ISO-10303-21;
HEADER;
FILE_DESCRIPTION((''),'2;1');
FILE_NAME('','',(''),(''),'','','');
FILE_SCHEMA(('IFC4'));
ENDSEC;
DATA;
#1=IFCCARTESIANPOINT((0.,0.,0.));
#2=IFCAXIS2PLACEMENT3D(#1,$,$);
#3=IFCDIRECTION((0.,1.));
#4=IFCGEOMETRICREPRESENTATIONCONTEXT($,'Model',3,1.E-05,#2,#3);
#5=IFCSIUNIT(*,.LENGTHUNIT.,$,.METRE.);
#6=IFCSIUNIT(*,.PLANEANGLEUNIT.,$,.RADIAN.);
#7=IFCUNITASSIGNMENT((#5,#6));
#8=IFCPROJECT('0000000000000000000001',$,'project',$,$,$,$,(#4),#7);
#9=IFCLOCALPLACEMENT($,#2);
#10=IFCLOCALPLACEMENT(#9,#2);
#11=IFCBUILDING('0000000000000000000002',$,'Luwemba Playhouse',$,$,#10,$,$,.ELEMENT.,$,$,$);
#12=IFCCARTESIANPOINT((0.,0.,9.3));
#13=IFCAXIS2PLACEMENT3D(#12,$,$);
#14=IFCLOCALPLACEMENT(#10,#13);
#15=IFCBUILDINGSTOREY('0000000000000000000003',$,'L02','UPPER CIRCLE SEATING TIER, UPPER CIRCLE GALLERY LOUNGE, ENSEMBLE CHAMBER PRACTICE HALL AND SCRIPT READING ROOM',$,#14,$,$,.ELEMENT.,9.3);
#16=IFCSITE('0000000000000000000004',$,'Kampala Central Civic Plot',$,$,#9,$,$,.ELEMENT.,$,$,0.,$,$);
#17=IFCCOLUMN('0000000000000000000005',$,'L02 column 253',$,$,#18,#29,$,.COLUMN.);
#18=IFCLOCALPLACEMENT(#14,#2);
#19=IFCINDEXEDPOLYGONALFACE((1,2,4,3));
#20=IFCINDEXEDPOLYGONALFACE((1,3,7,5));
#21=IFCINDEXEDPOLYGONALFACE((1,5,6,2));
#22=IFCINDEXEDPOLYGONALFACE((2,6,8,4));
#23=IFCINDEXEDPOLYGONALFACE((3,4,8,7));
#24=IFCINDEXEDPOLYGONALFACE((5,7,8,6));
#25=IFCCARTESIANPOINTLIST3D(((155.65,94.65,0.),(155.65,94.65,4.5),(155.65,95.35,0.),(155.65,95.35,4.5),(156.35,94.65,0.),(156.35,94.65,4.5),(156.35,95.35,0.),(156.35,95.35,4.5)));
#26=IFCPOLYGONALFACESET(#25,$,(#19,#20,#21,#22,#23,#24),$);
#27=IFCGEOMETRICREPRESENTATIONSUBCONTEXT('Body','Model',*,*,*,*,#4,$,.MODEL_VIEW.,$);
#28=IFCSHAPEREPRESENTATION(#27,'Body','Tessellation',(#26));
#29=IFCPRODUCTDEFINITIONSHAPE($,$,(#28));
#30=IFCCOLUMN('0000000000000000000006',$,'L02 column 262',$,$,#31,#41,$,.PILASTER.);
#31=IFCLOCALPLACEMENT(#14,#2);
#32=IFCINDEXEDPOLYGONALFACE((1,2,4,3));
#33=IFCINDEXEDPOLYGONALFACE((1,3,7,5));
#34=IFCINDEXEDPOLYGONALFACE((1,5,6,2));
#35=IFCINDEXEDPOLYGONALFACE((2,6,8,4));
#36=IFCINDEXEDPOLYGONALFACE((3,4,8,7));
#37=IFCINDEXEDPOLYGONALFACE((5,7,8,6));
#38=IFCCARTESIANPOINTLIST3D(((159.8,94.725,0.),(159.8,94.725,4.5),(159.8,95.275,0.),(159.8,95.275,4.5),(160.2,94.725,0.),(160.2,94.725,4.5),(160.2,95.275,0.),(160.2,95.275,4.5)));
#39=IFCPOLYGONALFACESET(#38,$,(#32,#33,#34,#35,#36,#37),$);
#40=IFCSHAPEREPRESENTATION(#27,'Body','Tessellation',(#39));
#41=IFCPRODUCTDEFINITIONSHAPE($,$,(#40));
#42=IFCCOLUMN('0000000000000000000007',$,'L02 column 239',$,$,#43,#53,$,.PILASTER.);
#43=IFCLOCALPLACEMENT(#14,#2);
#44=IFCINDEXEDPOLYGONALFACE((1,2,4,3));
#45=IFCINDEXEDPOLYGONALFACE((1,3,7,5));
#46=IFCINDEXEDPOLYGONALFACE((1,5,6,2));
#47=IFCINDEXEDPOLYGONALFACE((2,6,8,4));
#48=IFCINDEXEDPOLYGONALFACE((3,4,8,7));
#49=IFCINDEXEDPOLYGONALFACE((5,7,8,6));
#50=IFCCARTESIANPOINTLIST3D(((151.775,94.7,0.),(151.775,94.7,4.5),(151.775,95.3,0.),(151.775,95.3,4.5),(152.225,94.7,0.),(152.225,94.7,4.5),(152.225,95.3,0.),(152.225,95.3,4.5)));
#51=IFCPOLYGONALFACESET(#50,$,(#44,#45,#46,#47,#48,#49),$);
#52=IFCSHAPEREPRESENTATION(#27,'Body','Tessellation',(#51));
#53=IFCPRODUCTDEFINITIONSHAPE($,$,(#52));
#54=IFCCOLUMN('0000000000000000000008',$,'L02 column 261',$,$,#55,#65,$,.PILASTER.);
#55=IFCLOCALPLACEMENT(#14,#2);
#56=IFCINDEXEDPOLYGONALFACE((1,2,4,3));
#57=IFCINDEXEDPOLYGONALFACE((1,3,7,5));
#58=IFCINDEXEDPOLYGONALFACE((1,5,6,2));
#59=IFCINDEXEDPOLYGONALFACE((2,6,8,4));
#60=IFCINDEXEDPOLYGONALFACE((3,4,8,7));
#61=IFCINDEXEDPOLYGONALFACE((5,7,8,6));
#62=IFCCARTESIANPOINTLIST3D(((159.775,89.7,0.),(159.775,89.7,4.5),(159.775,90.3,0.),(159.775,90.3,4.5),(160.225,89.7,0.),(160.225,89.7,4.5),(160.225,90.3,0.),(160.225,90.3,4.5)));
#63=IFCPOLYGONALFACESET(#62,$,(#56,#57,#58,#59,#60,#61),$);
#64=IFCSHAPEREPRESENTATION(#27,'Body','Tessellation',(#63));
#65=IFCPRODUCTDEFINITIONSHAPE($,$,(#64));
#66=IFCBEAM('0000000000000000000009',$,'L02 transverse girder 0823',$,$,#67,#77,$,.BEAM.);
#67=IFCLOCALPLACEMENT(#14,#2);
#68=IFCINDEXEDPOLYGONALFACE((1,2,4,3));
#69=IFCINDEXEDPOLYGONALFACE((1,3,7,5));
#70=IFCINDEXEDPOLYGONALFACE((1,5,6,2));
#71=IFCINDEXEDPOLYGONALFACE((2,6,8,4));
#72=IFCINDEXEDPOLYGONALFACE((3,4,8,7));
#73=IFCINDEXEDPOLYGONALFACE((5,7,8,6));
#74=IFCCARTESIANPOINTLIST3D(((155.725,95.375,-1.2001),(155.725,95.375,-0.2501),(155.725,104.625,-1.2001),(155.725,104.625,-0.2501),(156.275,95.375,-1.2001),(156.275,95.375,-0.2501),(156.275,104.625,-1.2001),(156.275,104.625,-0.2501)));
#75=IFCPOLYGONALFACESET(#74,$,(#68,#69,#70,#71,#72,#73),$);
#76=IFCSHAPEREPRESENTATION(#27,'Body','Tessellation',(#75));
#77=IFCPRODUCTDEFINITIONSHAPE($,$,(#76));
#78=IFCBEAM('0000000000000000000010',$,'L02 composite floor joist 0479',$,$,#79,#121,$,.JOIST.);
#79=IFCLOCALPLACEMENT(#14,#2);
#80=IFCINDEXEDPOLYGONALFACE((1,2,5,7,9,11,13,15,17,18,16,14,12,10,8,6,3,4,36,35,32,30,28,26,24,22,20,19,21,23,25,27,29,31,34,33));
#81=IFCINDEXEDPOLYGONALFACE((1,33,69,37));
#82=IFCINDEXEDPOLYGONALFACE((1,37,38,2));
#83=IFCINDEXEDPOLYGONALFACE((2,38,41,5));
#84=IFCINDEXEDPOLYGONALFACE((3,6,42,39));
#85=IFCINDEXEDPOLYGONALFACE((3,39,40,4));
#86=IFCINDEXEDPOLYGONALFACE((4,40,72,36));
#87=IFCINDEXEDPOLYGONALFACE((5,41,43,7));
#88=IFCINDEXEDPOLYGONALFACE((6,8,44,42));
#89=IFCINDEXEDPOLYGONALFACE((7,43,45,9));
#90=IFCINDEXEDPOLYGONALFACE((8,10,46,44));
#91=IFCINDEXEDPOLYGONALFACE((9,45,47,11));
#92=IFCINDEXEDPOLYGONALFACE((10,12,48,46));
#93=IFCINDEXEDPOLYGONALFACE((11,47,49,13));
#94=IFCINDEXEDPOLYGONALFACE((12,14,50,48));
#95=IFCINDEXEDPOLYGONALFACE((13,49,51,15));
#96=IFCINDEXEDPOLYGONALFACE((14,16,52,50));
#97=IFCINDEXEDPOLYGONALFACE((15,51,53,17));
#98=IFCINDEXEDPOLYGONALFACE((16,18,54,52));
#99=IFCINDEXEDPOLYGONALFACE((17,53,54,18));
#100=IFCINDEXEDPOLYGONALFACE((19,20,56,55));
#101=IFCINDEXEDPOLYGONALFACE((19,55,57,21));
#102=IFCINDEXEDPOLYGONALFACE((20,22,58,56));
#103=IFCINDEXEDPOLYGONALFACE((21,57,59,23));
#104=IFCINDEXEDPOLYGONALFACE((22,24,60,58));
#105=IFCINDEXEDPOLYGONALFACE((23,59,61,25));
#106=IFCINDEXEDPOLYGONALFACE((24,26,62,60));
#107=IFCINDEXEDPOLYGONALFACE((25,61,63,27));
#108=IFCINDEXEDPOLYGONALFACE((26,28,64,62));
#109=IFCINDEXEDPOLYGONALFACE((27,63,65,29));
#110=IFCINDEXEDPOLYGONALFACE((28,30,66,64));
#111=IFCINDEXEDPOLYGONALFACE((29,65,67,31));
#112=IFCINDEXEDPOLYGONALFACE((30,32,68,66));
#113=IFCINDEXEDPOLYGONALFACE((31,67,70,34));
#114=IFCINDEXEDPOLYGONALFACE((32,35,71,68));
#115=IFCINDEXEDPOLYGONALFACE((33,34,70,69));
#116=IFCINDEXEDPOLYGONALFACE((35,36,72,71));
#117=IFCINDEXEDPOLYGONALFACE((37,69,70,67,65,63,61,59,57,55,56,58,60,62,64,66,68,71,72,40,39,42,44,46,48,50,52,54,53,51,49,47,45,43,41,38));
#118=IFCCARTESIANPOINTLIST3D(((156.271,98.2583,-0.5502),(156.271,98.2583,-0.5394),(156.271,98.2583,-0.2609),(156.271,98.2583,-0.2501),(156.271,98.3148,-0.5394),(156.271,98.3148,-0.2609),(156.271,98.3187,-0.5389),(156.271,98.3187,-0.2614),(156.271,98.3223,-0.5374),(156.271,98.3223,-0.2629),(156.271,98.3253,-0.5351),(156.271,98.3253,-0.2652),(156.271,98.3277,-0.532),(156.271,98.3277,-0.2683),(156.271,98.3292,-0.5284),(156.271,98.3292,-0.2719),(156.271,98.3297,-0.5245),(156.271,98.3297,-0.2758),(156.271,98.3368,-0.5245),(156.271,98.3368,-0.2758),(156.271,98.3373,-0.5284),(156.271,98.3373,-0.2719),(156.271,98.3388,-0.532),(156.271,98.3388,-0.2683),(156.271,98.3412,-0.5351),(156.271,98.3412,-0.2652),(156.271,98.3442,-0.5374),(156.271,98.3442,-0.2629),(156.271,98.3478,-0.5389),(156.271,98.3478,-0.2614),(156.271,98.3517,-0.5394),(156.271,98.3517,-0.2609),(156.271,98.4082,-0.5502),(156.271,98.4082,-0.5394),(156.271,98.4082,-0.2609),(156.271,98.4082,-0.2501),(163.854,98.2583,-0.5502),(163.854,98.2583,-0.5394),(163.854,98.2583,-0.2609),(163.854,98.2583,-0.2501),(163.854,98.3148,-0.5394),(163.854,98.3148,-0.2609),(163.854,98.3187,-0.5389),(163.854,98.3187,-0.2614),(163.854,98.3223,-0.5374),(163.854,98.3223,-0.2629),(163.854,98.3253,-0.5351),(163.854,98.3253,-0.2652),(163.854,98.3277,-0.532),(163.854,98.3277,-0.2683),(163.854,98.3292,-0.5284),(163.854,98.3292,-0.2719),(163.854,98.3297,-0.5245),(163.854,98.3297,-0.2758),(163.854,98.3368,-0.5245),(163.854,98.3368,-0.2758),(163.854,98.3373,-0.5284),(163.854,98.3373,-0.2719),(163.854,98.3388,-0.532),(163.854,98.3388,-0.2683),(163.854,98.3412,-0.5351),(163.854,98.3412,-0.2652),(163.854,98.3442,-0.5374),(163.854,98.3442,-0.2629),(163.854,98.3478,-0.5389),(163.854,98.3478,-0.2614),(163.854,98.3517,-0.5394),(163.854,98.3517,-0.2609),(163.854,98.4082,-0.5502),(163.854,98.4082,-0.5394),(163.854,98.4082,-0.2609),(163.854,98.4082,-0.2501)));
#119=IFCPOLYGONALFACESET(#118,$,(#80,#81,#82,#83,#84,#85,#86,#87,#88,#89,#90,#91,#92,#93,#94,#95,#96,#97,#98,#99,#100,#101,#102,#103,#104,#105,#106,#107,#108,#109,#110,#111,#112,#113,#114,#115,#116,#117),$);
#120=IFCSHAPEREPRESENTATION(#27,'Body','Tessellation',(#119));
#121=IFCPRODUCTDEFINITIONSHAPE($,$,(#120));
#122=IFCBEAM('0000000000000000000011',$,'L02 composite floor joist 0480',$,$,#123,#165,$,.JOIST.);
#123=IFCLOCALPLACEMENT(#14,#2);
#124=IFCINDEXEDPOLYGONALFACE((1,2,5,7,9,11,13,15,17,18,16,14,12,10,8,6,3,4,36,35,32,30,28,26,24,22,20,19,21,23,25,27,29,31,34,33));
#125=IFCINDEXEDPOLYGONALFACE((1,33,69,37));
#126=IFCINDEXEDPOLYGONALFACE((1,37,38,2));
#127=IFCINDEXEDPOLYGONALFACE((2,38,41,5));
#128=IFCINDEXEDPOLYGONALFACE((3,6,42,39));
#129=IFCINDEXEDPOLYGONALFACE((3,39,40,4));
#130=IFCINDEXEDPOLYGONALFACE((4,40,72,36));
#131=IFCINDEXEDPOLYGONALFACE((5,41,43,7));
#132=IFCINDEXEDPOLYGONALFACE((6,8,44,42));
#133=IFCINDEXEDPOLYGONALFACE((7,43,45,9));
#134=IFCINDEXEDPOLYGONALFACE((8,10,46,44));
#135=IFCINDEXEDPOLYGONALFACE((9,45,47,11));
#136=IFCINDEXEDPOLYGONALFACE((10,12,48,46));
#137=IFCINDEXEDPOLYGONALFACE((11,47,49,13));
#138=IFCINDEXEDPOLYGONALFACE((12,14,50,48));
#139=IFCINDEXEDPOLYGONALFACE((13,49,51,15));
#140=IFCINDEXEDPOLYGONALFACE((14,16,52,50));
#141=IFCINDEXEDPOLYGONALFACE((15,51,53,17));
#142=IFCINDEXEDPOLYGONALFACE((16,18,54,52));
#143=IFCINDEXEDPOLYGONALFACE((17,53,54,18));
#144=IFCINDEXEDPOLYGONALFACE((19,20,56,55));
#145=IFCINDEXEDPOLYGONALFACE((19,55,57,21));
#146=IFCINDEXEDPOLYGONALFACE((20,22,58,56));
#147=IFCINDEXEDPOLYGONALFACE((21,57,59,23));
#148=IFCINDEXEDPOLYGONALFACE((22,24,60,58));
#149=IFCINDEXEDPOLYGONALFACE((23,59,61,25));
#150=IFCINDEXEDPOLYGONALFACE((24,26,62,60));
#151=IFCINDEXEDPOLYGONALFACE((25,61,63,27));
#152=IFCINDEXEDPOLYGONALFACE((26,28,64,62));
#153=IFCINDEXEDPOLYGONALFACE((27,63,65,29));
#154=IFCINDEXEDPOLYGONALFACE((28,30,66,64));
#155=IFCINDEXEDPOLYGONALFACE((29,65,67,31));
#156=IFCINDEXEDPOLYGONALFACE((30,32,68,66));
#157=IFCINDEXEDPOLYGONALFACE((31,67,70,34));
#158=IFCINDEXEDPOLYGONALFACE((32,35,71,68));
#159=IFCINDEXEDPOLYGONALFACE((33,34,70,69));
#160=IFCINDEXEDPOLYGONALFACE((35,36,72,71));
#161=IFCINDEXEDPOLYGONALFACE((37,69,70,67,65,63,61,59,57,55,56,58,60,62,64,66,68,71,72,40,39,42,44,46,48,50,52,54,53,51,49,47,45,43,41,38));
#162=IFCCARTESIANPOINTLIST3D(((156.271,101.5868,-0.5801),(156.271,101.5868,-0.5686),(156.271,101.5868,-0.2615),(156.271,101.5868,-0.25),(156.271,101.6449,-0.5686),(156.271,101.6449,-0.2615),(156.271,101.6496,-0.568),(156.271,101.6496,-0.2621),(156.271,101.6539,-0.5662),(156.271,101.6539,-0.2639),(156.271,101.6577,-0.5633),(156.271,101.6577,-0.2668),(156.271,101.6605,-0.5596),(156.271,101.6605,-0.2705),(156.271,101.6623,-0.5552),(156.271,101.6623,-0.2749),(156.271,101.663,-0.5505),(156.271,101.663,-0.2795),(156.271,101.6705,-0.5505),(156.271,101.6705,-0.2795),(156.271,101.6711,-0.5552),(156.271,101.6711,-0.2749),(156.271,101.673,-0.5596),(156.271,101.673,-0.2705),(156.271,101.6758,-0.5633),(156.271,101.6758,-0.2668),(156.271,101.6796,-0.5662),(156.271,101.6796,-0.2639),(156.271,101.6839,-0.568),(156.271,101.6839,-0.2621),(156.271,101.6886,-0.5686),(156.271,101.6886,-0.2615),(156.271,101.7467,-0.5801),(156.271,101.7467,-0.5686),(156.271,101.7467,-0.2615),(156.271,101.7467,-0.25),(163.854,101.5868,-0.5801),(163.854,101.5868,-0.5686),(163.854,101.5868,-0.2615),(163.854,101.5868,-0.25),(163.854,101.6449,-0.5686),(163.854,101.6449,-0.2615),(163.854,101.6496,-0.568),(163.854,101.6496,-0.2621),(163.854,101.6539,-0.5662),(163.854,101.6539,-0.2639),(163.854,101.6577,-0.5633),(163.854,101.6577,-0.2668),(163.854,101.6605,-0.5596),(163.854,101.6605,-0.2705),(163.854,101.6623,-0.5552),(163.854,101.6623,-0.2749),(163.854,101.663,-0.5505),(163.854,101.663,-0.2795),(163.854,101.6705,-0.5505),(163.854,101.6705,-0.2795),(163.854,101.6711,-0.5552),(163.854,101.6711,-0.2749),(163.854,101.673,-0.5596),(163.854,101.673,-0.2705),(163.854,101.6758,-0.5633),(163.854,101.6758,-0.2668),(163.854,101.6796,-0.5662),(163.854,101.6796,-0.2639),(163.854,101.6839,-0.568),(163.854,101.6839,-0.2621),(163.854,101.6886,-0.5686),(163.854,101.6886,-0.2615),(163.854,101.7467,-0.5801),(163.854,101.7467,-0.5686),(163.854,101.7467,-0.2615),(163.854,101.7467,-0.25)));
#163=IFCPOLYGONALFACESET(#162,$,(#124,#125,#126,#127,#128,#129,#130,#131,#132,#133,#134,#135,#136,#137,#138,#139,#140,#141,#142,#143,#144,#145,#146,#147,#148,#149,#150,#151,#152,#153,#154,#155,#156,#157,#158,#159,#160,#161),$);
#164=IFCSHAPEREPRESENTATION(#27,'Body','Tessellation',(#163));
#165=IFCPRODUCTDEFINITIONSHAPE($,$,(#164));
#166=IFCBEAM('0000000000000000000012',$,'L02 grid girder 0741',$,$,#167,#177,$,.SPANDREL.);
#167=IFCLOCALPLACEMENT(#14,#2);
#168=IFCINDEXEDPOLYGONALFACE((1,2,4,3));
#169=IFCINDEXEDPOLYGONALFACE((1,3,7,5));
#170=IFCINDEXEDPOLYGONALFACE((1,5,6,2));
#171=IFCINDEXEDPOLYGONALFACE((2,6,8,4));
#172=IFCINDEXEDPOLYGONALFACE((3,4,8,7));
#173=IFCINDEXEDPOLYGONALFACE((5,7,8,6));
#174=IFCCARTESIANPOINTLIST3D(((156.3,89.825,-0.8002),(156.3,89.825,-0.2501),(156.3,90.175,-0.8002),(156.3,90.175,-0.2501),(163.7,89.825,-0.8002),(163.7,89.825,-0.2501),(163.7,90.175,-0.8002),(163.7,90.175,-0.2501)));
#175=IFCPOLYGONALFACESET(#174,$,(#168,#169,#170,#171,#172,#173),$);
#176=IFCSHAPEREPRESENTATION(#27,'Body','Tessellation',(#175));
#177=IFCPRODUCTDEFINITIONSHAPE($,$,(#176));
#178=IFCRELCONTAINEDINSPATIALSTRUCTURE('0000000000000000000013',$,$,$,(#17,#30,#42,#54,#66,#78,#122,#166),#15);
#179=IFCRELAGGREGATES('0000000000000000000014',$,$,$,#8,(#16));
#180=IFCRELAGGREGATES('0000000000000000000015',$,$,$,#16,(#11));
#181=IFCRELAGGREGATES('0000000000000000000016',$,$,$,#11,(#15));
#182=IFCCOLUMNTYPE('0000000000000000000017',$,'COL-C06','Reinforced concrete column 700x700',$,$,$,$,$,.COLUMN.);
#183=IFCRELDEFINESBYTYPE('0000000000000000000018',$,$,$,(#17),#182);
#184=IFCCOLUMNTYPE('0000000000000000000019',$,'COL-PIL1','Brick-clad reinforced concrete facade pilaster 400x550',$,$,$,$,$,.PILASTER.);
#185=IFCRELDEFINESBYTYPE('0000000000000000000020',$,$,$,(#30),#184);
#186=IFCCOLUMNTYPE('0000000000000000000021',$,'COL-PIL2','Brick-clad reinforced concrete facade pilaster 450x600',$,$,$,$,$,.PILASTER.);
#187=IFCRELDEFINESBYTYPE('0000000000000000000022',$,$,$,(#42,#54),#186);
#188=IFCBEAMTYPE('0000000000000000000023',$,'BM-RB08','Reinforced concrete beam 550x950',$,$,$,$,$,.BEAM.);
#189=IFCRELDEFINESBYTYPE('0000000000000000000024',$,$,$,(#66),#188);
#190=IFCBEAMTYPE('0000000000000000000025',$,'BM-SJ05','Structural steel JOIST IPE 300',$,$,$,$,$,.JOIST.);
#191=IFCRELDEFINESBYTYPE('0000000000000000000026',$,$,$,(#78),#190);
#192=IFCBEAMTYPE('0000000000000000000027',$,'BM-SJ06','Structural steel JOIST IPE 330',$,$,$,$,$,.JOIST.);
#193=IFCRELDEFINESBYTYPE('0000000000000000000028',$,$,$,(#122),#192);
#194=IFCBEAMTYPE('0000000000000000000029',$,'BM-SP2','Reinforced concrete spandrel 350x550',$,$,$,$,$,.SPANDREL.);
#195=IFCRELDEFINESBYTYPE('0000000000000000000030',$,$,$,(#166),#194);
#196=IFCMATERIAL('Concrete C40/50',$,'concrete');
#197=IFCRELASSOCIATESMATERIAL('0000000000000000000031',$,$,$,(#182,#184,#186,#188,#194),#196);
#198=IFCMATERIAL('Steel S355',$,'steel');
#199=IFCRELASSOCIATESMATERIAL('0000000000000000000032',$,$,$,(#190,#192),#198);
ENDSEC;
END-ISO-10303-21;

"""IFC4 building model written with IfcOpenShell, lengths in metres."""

from ifc_helpers import new_model, si_unit, direction, frame, origin, origin_2d, place, context, subcontext, project, spatial, rectangle, i_section, extrude, material, material_profile, profile_set, type_object, element, save


model = new_model("IFC4")

# Units and contexts
model_context = context("Model", 3, precision=1e-05, world=origin(), true_north=direction((0.0, 1.0)))
body_context = subcontext(model_context, "Body", "Model", "MODEL_VIEW")
ifc_project = project(units=[si_unit("LENGTHUNIT", "METRE"), si_unit("PLANEANGLEUNIT", "RADIAN")], contexts=[model_context])

# Site, building, storey
site_placement = place(None, origin())
site = spatial("IfcSite", under=ifc_project, at=site_placement, Name="Kampala Central Civic Plot", CompositionType="ELEMENT", RefElevation=0.0)
building_placement = place(site_placement, origin())
building = spatial("IfcBuilding", under=site, at=building_placement, Name="Luwemba Playhouse", CompositionType="ELEMENT")
storey_placement = place(building_placement, frame((0.0, 0.0, 9.3)))
storey = spatial("IfcBuildingStorey", under=building, at=storey_placement, Name="L02", Description="UPPER CIRCLE SEATING TIER, UPPER CIRCLE GALLERY LOUNGE, ENSEMBLE CHAMBER PRACTICE HALL AND SCRIPT READING ROOM", CompositionType="ELEMENT", Elevation=9.3)

# Columns
ifc_material_1 = material(Name="Concrete C40/50", Category="concrete")
ifc_material_profile_1 = material_profile(ifc_material_1, rectangle(XDim=0.7, YDim=0.7, at=origin_2d()))
ifc_profile_set_1 = profile_set([ifc_material_profile_1], Name="Concrete C40/50")
column_type_1 = type_object("IfcColumnType", Name="COL-C06", Description="Reinforced concrete column 700x700", PredefinedType="COLUMN", material=ifc_profile_set_1)
column_1_placement = place(storey_placement, frame((156.0, 95.0, 0.0), z_axis=(0.0, 0.0, 1.0), x_axis=(1.0, 0.0, 0.0)))
element("IfcColumn", 1, at=column_1_placement, inside=storey, type_object=column_type_1, Name="L02 column 253", PredefinedType="COLUMN", context=body_context, shape_type="SweptSolid", body=[
    extrude(rectangle(XDim=0.7, YDim=0.7, at=origin_2d()), origin(), (0.0, 0.0, 1.0), 4.5),
])
ifc_material_profile_2 = material_profile(ifc_material_1, rectangle(XDim=0.3999, YDim=0.55, at=origin_2d()))
ifc_profile_set_2 = profile_set([ifc_material_profile_2], Name="Concrete C40/50")
column_type_2 = type_object("IfcColumnType", Name="COL-PIL1", Description="Brick-clad reinforced concrete facade pilaster 400x550", PredefinedType="PILASTER", material=ifc_profile_set_2)
column_2_placement = place(storey_placement, frame((160.0, 95.0, 0.0), z_axis=(0.0, 0.0, 1.0), x_axis=(1.0, 0.0, 0.0)))
element("IfcColumn", 2, at=column_2_placement, inside=storey, type_object=column_type_2, Name="L02 column 262", PredefinedType="PILASTER", context=body_context, shape_type="SweptSolid", body=[
    extrude(rectangle(XDim=0.3999, YDim=0.55, at=origin_2d()), origin(), (0.0, 0.0, 1.0), 4.5),
])
ifc_material_profile_3 = material_profile(ifc_material_1, rectangle(XDim=0.45, YDim=0.6001, at=origin_2d()))
ifc_profile_set_3 = profile_set([ifc_material_profile_3], Name="Concrete C40/50")
column_type_3 = type_object("IfcColumnType", Name="COL-PIL2", Description="Brick-clad reinforced concrete facade pilaster 450x600", PredefinedType="PILASTER", material=ifc_profile_set_3)
for number, where, z_axis, x_axis, name in (
    (3, (152.0, 95.0, 0.0), (0.0, 0.0, 1.0), (1.0, 0.0, 0.0), "L02 column 239"),
    (4, (160.0, 90.0, 0.0), (0.0, 0.0, 1.0), (1.0, 0.0, 0.0), "L02 column 261"),
):
    element("IfcColumn", number, at=place(storey_placement, frame(where, z_axis=z_axis, x_axis=x_axis)), inside=storey, type_object=column_type_3, Name=name, PredefinedType="PILASTER", context=body_context, shape_type="SweptSolid", body=[
        extrude(rectangle(XDim=0.45, YDim=0.6001, at=origin_2d()), origin(), (0.0, 0.0, 1.0), 4.5),
    ])

# Beams
ifc_material_profile_4 = material_profile(ifc_material_1, rectangle(XDim=0.55, YDim=0.95, at=origin_2d()))
ifc_profile_set_4 = profile_set([ifc_material_profile_4], Name="Concrete C40/50")
beam_type_1 = type_object("IfcBeamType", Name="BM-RB08", Description="Reinforced concrete beam 550x950", PredefinedType="BEAM", material=ifc_profile_set_4)
beam_1_placement = place(storey_placement, frame((156.0, 95.375, -0.7251), z_axis=(0.0, 1.0, 0.0), x_axis=(-1.0, 0.0, 0.0)))
element("IfcBeam", 5, at=beam_1_placement, inside=storey, type_object=beam_type_1, Name="L02 transverse girder 0823", PredefinedType="BEAM", context=body_context, shape_type="SweptSolid", body=[
    extrude(rectangle(XDim=0.55, YDim=0.95, at=origin_2d()), origin(), (0.0, 0.0, 1.0), 9.25),
])
ifc_material_2 = material(Name="Steel S355", Category="steel")
ifc_material_profile_5 = material_profile(ifc_material_2, i_section(OverallWidth=0.1499, OverallDepth=0.3, WebThickness=0.0071, FlangeThickness=0.0107, FilletRadius=0.0149, at=origin_2d()))
ifc_profile_set_5 = profile_set([ifc_material_profile_5], Name="Steel S355")
beam_type_2 = type_object("IfcBeamType", Name="BM-SJ05", Description="Structural steel JOIST IPE 300", PredefinedType="JOIST", material=ifc_profile_set_5)
beam_2_placement = place(storey_placement, frame((156.271, 98.3333, -0.4001), z_axis=(1.0, 0.0, 0.0), x_axis=(0.0, 1.0, 0.0)))
element("IfcBeam", 6, at=beam_2_placement, inside=storey, type_object=beam_type_2, Name="L02 composite floor joist 0479", PredefinedType="JOIST", context=body_context, shape_type="SweptSolid", body=[
    extrude(i_section(OverallWidth=0.1499, OverallDepth=0.3, WebThickness=0.0071, FlangeThickness=0.0107, FilletRadius=0.0149, at=origin_2d()), origin(), (0.0, 0.0, 1.0), 7.583),
])
ifc_material_profile_6 = material_profile(ifc_material_2, i_section(OverallWidth=0.1599, OverallDepth=0.3301, WebThickness=0.0076, FlangeThickness=0.0115, FilletRadius=0.0181, at=origin_2d()))
ifc_profile_set_6 = profile_set([ifc_material_profile_6], Name="Steel S355")
beam_type_3 = type_object("IfcBeamType", Name="BM-SJ06", Description="Structural steel JOIST IPE 330", PredefinedType="JOIST", material=ifc_profile_set_6)
beam_3_placement = place(storey_placement, frame((156.271, 101.6667, -0.415), z_axis=(1.0, 0.0, 0.0), x_axis=(0.0, 1.0, 0.0)))
element("IfcBeam", 7, at=beam_3_placement, inside=storey, type_object=beam_type_3, Name="L02 composite floor joist 0480", PredefinedType="JOIST", context=body_context, shape_type="SweptSolid", body=[
    extrude(i_section(OverallWidth=0.1599, OverallDepth=0.3301, WebThickness=0.0076, FlangeThickness=0.0115, FilletRadius=0.0181, at=origin_2d()), origin(), (0.0, 0.0, 1.0), 7.583),
])
ifc_material_profile_7 = material_profile(ifc_material_1, rectangle(XDim=0.3501, YDim=0.55, at=origin_2d()))
ifc_profile_set_7 = profile_set([ifc_material_profile_7], Name="Concrete C40/50")
beam_type_4 = type_object("IfcBeamType", Name="BM-SP2", Description="Reinforced concrete spandrel 350x550", PredefinedType="SPANDREL", material=ifc_profile_set_7)
beam_4_placement = place(storey_placement, frame((156.3, 90.0, -0.5251), z_axis=(1.0, 0.0, 0.0), x_axis=(0.0, 1.0, 0.0)))
element("IfcBeam", 8, at=beam_4_placement, inside=storey, type_object=beam_type_4, Name="L02 grid girder 0741", PredefinedType="SPANDREL", context=body_context, shape_type="SweptSolid", body=[
    extrude(rectangle(XDim=0.3501, YDim=0.55, at=origin_2d()), origin(), (0.0, 0.0, 1.0), 7.3999),
])

save(model, "model.ifc")
